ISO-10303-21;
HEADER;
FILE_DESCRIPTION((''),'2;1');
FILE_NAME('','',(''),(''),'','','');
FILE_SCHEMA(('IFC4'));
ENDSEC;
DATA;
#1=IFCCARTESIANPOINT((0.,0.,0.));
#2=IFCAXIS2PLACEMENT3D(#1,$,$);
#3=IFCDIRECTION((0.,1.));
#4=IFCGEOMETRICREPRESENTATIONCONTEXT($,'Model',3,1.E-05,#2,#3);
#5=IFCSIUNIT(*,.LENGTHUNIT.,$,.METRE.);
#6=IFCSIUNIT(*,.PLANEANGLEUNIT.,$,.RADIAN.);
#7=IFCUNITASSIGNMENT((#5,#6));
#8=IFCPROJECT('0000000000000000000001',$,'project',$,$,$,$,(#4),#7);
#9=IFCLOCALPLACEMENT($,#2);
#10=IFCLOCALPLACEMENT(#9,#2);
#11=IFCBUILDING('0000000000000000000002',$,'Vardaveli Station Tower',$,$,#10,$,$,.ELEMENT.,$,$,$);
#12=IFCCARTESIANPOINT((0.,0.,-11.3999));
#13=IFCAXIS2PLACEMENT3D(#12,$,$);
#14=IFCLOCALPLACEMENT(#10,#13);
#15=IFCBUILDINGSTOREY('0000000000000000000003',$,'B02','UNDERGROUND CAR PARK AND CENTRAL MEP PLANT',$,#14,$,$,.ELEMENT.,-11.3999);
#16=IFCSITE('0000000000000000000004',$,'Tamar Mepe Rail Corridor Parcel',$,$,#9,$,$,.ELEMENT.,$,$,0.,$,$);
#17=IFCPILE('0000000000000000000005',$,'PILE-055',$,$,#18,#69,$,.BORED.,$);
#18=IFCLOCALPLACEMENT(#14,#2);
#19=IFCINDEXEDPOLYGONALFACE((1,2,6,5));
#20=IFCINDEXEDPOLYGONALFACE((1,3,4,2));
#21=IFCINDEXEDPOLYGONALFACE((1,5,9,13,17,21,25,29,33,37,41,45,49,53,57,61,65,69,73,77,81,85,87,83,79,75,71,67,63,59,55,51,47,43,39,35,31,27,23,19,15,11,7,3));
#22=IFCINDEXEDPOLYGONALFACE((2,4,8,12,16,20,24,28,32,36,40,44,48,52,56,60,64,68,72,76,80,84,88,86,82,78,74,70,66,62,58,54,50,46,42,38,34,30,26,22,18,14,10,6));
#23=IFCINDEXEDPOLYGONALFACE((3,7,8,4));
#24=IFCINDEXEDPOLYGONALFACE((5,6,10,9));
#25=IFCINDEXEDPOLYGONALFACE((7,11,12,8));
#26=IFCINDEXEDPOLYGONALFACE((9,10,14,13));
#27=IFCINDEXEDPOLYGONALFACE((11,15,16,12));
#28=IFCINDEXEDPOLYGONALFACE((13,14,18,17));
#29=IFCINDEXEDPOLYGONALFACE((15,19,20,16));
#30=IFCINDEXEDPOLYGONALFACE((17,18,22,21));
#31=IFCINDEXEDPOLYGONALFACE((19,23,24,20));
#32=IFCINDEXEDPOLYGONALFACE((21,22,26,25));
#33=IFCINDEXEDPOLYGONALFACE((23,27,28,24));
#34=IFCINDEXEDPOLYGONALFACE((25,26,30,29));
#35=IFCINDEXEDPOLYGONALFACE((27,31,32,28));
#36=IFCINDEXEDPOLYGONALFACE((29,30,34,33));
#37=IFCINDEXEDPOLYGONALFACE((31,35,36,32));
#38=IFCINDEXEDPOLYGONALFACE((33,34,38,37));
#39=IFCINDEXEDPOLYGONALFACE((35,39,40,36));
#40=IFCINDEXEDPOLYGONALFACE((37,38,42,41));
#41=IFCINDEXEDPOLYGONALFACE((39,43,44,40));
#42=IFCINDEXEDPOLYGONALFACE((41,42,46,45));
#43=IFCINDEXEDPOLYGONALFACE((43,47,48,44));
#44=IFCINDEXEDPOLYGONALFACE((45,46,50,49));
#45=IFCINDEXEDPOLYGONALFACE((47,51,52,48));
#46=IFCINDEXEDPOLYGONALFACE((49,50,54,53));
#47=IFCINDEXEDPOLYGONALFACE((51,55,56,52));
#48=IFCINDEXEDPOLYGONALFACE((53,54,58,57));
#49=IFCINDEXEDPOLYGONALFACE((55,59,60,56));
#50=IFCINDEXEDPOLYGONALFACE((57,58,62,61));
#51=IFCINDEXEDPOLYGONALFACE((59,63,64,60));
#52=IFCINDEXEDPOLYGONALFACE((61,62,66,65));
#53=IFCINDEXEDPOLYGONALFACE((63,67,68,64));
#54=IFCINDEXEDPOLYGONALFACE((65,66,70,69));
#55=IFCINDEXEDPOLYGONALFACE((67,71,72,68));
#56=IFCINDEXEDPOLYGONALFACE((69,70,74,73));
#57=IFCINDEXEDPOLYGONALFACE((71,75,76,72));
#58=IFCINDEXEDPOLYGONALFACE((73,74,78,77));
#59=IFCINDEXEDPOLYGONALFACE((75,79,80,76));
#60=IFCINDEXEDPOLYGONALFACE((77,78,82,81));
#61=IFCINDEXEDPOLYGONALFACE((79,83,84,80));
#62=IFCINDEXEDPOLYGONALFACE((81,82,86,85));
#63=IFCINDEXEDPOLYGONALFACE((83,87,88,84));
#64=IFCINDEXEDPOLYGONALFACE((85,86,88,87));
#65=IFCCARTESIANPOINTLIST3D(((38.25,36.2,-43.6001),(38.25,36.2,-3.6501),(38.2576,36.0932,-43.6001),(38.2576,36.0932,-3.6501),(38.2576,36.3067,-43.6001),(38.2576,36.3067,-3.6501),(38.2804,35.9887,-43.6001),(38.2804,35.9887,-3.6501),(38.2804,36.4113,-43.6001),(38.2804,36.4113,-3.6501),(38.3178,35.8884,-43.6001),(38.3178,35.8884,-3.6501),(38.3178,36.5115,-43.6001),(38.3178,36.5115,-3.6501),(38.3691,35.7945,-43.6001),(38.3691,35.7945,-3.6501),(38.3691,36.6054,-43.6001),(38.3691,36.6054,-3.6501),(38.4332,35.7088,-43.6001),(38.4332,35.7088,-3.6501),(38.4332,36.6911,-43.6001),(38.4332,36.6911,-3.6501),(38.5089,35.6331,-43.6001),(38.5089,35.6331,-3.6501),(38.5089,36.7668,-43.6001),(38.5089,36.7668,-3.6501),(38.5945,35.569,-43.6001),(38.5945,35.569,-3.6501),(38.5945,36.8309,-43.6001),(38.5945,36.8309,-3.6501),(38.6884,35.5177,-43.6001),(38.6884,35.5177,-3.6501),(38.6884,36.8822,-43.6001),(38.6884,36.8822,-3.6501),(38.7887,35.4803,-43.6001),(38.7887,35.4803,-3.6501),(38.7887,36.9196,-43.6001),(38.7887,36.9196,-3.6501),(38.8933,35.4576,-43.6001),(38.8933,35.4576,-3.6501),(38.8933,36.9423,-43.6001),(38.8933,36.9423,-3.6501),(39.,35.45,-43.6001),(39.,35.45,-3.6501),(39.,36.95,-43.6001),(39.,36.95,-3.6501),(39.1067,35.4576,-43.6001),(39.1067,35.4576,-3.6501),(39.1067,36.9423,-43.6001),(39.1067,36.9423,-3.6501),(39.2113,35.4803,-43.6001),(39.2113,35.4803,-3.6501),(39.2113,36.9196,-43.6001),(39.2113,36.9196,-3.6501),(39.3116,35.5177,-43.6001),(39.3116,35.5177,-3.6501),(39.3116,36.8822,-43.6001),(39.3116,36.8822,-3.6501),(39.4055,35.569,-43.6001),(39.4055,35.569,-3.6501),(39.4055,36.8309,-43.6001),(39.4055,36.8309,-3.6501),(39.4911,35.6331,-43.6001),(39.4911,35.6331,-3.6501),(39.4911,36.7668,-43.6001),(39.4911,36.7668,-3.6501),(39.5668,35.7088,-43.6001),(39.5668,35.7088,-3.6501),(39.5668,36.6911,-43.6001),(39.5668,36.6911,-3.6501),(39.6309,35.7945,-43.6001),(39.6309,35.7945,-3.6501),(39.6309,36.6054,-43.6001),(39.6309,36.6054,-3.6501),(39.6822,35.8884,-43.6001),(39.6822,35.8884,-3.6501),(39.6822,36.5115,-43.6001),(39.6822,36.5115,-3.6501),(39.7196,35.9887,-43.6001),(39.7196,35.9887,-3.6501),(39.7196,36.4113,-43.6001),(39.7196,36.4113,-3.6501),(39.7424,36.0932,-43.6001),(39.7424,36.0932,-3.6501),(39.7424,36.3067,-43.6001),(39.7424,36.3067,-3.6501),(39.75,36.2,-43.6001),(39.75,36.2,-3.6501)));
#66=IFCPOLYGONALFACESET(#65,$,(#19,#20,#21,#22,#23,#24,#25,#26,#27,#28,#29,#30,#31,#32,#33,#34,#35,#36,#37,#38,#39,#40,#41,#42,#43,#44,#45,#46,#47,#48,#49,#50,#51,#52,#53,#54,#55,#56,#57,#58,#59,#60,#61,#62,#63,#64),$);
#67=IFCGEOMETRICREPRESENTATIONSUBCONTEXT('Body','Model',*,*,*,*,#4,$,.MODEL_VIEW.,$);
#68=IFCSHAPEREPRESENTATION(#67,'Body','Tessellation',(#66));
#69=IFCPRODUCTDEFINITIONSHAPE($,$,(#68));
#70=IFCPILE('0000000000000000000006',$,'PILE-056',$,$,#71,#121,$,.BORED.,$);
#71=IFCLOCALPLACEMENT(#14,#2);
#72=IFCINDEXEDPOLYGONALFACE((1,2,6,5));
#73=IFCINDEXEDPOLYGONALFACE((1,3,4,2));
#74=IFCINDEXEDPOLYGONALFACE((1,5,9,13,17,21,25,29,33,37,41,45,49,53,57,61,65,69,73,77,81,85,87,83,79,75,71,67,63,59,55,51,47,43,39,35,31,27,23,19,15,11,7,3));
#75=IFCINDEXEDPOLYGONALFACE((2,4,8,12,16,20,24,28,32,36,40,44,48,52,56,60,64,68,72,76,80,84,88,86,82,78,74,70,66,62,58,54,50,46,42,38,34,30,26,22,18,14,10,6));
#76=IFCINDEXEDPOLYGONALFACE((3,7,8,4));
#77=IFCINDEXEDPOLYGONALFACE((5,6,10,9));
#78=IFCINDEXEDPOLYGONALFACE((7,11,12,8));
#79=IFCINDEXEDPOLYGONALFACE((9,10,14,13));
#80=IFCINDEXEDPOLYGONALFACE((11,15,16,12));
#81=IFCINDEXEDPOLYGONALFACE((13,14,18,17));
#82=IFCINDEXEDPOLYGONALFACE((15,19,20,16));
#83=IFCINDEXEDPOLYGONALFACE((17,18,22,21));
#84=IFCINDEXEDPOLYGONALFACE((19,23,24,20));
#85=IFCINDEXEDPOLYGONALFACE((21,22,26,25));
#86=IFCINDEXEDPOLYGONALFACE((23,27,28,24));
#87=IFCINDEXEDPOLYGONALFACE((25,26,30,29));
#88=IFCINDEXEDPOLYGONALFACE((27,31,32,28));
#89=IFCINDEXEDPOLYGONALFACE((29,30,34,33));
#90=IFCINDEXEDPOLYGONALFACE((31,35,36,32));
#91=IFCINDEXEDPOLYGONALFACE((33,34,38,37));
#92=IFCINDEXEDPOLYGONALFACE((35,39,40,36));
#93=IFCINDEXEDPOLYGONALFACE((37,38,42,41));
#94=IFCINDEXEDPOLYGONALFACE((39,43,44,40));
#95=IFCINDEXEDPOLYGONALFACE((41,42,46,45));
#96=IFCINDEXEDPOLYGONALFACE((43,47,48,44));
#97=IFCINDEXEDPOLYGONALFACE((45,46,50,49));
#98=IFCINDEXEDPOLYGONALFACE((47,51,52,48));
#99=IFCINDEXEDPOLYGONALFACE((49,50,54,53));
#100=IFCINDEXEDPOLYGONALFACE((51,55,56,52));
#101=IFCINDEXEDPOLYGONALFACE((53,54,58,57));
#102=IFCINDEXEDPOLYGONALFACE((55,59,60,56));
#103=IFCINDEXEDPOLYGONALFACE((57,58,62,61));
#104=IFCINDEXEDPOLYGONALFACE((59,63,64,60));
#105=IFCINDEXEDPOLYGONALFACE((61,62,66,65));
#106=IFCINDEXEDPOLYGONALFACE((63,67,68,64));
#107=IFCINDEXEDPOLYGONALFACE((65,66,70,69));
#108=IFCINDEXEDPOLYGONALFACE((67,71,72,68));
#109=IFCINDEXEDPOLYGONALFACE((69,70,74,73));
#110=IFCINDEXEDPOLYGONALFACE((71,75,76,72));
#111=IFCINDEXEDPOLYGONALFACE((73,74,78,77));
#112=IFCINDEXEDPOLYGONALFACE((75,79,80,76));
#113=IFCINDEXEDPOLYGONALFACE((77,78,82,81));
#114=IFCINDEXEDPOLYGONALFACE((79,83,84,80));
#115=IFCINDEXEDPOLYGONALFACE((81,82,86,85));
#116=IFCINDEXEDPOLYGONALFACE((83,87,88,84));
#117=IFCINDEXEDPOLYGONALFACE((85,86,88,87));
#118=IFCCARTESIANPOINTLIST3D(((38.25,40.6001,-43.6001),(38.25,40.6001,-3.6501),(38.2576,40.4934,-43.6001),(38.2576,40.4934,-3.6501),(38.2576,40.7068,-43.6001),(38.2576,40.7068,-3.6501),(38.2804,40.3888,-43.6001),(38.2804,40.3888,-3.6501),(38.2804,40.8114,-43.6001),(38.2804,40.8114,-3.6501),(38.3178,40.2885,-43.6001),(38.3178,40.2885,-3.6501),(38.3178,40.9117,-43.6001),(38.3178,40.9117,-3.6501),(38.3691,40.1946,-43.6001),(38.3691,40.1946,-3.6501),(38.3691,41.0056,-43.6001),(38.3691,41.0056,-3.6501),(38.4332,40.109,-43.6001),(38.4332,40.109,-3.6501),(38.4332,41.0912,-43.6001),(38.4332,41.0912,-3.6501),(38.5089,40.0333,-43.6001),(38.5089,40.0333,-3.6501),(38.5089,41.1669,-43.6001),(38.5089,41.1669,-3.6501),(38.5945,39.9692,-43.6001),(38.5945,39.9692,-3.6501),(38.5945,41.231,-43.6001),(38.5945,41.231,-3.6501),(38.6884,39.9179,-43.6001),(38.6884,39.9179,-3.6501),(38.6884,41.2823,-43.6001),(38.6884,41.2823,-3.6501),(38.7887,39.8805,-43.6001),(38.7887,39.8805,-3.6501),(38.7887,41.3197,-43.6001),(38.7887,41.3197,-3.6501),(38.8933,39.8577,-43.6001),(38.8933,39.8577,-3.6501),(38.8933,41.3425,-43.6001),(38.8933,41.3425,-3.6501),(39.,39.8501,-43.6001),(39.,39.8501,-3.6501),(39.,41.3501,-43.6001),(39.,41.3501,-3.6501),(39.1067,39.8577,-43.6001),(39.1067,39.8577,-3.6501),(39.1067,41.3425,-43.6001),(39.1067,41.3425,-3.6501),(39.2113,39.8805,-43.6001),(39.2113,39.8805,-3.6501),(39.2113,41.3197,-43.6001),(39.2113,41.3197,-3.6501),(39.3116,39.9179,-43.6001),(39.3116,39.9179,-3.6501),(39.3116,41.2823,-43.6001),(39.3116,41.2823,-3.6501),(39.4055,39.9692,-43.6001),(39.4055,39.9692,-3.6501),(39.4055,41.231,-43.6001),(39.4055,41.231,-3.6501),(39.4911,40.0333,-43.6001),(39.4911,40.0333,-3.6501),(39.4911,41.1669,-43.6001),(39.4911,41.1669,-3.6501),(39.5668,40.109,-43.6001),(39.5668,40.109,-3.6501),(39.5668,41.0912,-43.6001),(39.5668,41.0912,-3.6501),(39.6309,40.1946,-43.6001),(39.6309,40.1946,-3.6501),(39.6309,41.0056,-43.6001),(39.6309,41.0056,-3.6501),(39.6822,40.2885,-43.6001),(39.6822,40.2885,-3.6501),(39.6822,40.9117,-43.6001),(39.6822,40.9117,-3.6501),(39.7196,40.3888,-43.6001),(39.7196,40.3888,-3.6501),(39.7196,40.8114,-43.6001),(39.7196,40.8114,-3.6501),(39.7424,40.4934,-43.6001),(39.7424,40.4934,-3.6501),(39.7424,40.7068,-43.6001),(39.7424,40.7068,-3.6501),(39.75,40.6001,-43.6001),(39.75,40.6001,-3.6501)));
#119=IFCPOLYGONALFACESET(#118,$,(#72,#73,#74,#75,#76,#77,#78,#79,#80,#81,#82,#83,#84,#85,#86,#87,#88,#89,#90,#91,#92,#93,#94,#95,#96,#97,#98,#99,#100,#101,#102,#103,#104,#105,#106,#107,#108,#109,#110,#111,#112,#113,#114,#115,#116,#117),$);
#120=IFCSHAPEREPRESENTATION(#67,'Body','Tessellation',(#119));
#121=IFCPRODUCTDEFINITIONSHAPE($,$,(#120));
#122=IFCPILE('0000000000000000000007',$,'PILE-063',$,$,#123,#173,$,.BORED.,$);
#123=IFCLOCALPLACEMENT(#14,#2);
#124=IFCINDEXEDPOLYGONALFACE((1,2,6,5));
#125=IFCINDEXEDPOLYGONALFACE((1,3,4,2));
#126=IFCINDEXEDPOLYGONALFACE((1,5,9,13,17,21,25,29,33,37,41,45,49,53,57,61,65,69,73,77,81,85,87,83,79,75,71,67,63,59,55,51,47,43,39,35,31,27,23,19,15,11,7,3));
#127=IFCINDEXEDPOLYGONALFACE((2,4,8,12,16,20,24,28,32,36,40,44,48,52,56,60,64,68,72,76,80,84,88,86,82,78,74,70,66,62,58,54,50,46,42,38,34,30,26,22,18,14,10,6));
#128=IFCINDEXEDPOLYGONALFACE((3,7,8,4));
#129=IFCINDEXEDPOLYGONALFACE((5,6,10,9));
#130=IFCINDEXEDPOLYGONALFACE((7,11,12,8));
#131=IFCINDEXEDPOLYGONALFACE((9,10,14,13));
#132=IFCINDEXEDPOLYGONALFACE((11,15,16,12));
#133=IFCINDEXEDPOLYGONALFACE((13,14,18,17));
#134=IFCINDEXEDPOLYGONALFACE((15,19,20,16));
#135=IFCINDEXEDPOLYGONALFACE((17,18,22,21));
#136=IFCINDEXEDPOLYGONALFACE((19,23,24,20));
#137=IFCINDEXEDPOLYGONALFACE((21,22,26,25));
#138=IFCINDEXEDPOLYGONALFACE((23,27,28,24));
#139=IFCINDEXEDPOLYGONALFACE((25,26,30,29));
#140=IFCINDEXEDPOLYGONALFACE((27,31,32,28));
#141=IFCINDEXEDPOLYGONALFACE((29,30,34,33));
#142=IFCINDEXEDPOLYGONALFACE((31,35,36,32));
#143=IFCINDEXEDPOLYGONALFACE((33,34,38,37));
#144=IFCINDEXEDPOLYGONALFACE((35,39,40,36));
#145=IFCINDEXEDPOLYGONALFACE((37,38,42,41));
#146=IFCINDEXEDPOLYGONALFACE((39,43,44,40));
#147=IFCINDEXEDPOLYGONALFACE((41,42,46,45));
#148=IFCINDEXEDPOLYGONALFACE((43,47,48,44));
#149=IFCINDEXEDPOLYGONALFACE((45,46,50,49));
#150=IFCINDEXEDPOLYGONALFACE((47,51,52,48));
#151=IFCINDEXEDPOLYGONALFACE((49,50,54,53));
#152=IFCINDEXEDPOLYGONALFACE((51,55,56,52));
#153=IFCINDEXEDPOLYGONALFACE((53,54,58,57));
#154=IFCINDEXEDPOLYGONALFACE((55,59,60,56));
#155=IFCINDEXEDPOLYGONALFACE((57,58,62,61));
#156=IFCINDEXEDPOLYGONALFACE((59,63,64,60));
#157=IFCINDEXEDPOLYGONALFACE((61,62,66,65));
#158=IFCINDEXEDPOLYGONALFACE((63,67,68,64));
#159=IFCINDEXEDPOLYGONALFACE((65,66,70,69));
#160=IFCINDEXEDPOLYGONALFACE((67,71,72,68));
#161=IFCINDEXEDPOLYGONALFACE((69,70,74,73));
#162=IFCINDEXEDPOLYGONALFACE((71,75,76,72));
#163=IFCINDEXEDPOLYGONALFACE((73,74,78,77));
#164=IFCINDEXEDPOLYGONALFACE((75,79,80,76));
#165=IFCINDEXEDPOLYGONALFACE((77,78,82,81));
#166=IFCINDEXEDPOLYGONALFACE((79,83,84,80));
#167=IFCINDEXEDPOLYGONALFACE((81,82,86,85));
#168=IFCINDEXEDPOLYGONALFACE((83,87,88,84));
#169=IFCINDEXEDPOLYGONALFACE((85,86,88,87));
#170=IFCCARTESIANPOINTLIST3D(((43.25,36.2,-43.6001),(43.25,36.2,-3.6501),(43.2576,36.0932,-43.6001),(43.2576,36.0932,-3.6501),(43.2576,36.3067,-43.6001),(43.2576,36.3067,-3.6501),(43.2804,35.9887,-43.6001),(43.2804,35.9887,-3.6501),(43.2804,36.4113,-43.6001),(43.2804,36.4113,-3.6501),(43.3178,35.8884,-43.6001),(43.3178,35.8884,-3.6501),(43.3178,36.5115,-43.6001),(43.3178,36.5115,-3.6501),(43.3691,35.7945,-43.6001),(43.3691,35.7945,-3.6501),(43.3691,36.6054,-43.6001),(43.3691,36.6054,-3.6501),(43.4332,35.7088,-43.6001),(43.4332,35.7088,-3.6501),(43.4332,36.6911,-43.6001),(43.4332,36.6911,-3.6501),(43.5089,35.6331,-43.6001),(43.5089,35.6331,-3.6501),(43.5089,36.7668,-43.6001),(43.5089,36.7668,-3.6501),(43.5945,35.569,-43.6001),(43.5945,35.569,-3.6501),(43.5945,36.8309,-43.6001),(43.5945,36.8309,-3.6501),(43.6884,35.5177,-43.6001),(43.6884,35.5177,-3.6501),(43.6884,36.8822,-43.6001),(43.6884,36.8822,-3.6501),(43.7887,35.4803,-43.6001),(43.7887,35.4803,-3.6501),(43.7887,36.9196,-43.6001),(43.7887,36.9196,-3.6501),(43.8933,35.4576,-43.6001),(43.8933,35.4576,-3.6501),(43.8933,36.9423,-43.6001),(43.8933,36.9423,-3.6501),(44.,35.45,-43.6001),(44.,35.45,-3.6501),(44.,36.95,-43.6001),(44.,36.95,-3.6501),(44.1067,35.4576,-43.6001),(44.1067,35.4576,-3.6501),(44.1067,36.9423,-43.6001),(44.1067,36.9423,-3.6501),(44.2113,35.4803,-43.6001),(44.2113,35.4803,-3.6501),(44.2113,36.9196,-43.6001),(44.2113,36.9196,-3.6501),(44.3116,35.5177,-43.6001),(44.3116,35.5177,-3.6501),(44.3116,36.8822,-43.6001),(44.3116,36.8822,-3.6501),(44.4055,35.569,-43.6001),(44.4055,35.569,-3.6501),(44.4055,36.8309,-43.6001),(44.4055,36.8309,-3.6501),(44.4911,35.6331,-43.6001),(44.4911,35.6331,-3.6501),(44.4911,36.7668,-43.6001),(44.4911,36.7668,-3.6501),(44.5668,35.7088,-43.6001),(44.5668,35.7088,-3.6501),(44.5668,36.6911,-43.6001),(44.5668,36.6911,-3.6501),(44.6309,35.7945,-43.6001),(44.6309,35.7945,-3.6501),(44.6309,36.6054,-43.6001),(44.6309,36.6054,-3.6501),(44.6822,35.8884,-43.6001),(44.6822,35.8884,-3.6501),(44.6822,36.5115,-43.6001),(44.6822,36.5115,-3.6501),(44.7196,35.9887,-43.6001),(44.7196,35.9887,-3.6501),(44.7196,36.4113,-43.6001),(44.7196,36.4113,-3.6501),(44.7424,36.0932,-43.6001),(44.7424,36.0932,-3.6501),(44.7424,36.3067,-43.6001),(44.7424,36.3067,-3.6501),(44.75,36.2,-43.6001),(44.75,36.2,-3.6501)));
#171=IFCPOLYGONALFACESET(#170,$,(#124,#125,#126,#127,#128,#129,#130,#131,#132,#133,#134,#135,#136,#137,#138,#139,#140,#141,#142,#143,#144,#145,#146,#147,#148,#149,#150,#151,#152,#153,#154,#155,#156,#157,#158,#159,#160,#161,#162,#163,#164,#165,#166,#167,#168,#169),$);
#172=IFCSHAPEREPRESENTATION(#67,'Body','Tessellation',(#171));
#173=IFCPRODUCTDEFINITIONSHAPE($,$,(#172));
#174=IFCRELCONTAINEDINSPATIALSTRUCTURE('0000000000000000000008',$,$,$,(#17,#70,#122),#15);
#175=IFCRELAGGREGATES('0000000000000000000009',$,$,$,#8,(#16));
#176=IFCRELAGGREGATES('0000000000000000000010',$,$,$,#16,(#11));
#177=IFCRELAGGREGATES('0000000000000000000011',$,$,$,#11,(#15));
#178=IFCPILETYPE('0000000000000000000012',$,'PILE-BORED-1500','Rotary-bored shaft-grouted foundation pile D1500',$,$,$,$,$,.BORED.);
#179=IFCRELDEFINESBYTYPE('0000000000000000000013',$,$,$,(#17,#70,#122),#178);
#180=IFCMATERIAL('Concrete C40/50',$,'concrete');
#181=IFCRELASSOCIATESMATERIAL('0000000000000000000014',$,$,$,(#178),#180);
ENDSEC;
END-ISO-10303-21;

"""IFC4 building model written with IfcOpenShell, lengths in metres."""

from ifc_helpers import new_model, si_unit, direction, frame, origin, origin_2d, place, context, subcontext, project, spatial, circle, extrude, source, transform, mapped, material, material_profile, profile_set, type_object, element, save


model = new_model("IFC4")

# Units and contexts
model_context = context("Model", 3, precision=1e-05, world=origin(), true_north=direction((0.0, 1.0)))
body_context = subcontext(model_context, "Body", "Model", "MODEL_VIEW")
ifc_project = project(units=[si_unit("LENGTHUNIT", "METRE"), si_unit("PLANEANGLEUNIT", "RADIAN")], contexts=[model_context])

# Site, building, storey
site_placement = place(None, origin())
site = spatial("IfcSite", under=ifc_project, at=site_placement, Name="Tamar Mepe Rail Corridor Parcel", CompositionType="ELEMENT", RefElevation=0.0)
building_placement = place(site_placement, origin())
building = spatial("IfcBuilding", under=site, at=building_placement, Name="Vardaveli Station Tower", CompositionType="ELEMENT")
storey_placement = place(building_placement, frame((0.0, 0.0, -11.3999)))
storey = spatial("IfcBuildingStorey", under=building, at=storey_placement, Name="B02", Description="UNDERGROUND CAR PARK AND CENTRAL MEP PLANT", CompositionType="ELEMENT", Elevation=-11.3999)

# Piles
ifc_material_1 = material(Name="Concrete C40/50", Category="concrete")
ifc_material_profile_1 = material_profile(ifc_material_1, circle(Radius=0.75, at=origin_2d()), Name="PILE D1500")
ifc_profile_set_1 = profile_set([ifc_material_profile_1], Name="Concrete C40/50")
pile_type = type_object("IfcPileType", Name="PILE-BORED-1500", Description="Rotary-bored shaft-grouted foundation pile D1500", PredefinedType="BORED", material=ifc_profile_set_1)
shared_shape_1 = source(origin(), body_context, "Body", "SweptSolid", [
    extrude(circle(Radius=0.75, at=origin_2d()), origin(), (0.0, 0.0, 1.0), 39.95),
])
for number, where, z_axis, x_axis, name in (
    (1, (39.0, 36.2, -3.6501), (0.0, 0.0, -1.0), (1.0, 0.0, 0.0), "PILE-055"),
    (2, (39.0, 40.6001, -3.6501), (0.0, 0.0, -1.0), (1.0, 0.0, 0.0), "PILE-056"),
    (3, (44.0, 36.2, -3.6501), (0.0, 0.0, -1.0), (1.0, 0.0, 0.0), "PILE-063"),
):
    element("IfcPile", number, at=place(storey_placement, frame(where, z_axis=z_axis, x_axis=x_axis)), inside=storey, type_object=pile_type, Name=name, PredefinedType="BORED", context=body_context, shape_type="MappedRepresentation", body=[
        mapped(shared_shape_1, transform((0.0, 0.0, 0.0), scale=1.0)),
    ])

save(model, "model.ifc")
